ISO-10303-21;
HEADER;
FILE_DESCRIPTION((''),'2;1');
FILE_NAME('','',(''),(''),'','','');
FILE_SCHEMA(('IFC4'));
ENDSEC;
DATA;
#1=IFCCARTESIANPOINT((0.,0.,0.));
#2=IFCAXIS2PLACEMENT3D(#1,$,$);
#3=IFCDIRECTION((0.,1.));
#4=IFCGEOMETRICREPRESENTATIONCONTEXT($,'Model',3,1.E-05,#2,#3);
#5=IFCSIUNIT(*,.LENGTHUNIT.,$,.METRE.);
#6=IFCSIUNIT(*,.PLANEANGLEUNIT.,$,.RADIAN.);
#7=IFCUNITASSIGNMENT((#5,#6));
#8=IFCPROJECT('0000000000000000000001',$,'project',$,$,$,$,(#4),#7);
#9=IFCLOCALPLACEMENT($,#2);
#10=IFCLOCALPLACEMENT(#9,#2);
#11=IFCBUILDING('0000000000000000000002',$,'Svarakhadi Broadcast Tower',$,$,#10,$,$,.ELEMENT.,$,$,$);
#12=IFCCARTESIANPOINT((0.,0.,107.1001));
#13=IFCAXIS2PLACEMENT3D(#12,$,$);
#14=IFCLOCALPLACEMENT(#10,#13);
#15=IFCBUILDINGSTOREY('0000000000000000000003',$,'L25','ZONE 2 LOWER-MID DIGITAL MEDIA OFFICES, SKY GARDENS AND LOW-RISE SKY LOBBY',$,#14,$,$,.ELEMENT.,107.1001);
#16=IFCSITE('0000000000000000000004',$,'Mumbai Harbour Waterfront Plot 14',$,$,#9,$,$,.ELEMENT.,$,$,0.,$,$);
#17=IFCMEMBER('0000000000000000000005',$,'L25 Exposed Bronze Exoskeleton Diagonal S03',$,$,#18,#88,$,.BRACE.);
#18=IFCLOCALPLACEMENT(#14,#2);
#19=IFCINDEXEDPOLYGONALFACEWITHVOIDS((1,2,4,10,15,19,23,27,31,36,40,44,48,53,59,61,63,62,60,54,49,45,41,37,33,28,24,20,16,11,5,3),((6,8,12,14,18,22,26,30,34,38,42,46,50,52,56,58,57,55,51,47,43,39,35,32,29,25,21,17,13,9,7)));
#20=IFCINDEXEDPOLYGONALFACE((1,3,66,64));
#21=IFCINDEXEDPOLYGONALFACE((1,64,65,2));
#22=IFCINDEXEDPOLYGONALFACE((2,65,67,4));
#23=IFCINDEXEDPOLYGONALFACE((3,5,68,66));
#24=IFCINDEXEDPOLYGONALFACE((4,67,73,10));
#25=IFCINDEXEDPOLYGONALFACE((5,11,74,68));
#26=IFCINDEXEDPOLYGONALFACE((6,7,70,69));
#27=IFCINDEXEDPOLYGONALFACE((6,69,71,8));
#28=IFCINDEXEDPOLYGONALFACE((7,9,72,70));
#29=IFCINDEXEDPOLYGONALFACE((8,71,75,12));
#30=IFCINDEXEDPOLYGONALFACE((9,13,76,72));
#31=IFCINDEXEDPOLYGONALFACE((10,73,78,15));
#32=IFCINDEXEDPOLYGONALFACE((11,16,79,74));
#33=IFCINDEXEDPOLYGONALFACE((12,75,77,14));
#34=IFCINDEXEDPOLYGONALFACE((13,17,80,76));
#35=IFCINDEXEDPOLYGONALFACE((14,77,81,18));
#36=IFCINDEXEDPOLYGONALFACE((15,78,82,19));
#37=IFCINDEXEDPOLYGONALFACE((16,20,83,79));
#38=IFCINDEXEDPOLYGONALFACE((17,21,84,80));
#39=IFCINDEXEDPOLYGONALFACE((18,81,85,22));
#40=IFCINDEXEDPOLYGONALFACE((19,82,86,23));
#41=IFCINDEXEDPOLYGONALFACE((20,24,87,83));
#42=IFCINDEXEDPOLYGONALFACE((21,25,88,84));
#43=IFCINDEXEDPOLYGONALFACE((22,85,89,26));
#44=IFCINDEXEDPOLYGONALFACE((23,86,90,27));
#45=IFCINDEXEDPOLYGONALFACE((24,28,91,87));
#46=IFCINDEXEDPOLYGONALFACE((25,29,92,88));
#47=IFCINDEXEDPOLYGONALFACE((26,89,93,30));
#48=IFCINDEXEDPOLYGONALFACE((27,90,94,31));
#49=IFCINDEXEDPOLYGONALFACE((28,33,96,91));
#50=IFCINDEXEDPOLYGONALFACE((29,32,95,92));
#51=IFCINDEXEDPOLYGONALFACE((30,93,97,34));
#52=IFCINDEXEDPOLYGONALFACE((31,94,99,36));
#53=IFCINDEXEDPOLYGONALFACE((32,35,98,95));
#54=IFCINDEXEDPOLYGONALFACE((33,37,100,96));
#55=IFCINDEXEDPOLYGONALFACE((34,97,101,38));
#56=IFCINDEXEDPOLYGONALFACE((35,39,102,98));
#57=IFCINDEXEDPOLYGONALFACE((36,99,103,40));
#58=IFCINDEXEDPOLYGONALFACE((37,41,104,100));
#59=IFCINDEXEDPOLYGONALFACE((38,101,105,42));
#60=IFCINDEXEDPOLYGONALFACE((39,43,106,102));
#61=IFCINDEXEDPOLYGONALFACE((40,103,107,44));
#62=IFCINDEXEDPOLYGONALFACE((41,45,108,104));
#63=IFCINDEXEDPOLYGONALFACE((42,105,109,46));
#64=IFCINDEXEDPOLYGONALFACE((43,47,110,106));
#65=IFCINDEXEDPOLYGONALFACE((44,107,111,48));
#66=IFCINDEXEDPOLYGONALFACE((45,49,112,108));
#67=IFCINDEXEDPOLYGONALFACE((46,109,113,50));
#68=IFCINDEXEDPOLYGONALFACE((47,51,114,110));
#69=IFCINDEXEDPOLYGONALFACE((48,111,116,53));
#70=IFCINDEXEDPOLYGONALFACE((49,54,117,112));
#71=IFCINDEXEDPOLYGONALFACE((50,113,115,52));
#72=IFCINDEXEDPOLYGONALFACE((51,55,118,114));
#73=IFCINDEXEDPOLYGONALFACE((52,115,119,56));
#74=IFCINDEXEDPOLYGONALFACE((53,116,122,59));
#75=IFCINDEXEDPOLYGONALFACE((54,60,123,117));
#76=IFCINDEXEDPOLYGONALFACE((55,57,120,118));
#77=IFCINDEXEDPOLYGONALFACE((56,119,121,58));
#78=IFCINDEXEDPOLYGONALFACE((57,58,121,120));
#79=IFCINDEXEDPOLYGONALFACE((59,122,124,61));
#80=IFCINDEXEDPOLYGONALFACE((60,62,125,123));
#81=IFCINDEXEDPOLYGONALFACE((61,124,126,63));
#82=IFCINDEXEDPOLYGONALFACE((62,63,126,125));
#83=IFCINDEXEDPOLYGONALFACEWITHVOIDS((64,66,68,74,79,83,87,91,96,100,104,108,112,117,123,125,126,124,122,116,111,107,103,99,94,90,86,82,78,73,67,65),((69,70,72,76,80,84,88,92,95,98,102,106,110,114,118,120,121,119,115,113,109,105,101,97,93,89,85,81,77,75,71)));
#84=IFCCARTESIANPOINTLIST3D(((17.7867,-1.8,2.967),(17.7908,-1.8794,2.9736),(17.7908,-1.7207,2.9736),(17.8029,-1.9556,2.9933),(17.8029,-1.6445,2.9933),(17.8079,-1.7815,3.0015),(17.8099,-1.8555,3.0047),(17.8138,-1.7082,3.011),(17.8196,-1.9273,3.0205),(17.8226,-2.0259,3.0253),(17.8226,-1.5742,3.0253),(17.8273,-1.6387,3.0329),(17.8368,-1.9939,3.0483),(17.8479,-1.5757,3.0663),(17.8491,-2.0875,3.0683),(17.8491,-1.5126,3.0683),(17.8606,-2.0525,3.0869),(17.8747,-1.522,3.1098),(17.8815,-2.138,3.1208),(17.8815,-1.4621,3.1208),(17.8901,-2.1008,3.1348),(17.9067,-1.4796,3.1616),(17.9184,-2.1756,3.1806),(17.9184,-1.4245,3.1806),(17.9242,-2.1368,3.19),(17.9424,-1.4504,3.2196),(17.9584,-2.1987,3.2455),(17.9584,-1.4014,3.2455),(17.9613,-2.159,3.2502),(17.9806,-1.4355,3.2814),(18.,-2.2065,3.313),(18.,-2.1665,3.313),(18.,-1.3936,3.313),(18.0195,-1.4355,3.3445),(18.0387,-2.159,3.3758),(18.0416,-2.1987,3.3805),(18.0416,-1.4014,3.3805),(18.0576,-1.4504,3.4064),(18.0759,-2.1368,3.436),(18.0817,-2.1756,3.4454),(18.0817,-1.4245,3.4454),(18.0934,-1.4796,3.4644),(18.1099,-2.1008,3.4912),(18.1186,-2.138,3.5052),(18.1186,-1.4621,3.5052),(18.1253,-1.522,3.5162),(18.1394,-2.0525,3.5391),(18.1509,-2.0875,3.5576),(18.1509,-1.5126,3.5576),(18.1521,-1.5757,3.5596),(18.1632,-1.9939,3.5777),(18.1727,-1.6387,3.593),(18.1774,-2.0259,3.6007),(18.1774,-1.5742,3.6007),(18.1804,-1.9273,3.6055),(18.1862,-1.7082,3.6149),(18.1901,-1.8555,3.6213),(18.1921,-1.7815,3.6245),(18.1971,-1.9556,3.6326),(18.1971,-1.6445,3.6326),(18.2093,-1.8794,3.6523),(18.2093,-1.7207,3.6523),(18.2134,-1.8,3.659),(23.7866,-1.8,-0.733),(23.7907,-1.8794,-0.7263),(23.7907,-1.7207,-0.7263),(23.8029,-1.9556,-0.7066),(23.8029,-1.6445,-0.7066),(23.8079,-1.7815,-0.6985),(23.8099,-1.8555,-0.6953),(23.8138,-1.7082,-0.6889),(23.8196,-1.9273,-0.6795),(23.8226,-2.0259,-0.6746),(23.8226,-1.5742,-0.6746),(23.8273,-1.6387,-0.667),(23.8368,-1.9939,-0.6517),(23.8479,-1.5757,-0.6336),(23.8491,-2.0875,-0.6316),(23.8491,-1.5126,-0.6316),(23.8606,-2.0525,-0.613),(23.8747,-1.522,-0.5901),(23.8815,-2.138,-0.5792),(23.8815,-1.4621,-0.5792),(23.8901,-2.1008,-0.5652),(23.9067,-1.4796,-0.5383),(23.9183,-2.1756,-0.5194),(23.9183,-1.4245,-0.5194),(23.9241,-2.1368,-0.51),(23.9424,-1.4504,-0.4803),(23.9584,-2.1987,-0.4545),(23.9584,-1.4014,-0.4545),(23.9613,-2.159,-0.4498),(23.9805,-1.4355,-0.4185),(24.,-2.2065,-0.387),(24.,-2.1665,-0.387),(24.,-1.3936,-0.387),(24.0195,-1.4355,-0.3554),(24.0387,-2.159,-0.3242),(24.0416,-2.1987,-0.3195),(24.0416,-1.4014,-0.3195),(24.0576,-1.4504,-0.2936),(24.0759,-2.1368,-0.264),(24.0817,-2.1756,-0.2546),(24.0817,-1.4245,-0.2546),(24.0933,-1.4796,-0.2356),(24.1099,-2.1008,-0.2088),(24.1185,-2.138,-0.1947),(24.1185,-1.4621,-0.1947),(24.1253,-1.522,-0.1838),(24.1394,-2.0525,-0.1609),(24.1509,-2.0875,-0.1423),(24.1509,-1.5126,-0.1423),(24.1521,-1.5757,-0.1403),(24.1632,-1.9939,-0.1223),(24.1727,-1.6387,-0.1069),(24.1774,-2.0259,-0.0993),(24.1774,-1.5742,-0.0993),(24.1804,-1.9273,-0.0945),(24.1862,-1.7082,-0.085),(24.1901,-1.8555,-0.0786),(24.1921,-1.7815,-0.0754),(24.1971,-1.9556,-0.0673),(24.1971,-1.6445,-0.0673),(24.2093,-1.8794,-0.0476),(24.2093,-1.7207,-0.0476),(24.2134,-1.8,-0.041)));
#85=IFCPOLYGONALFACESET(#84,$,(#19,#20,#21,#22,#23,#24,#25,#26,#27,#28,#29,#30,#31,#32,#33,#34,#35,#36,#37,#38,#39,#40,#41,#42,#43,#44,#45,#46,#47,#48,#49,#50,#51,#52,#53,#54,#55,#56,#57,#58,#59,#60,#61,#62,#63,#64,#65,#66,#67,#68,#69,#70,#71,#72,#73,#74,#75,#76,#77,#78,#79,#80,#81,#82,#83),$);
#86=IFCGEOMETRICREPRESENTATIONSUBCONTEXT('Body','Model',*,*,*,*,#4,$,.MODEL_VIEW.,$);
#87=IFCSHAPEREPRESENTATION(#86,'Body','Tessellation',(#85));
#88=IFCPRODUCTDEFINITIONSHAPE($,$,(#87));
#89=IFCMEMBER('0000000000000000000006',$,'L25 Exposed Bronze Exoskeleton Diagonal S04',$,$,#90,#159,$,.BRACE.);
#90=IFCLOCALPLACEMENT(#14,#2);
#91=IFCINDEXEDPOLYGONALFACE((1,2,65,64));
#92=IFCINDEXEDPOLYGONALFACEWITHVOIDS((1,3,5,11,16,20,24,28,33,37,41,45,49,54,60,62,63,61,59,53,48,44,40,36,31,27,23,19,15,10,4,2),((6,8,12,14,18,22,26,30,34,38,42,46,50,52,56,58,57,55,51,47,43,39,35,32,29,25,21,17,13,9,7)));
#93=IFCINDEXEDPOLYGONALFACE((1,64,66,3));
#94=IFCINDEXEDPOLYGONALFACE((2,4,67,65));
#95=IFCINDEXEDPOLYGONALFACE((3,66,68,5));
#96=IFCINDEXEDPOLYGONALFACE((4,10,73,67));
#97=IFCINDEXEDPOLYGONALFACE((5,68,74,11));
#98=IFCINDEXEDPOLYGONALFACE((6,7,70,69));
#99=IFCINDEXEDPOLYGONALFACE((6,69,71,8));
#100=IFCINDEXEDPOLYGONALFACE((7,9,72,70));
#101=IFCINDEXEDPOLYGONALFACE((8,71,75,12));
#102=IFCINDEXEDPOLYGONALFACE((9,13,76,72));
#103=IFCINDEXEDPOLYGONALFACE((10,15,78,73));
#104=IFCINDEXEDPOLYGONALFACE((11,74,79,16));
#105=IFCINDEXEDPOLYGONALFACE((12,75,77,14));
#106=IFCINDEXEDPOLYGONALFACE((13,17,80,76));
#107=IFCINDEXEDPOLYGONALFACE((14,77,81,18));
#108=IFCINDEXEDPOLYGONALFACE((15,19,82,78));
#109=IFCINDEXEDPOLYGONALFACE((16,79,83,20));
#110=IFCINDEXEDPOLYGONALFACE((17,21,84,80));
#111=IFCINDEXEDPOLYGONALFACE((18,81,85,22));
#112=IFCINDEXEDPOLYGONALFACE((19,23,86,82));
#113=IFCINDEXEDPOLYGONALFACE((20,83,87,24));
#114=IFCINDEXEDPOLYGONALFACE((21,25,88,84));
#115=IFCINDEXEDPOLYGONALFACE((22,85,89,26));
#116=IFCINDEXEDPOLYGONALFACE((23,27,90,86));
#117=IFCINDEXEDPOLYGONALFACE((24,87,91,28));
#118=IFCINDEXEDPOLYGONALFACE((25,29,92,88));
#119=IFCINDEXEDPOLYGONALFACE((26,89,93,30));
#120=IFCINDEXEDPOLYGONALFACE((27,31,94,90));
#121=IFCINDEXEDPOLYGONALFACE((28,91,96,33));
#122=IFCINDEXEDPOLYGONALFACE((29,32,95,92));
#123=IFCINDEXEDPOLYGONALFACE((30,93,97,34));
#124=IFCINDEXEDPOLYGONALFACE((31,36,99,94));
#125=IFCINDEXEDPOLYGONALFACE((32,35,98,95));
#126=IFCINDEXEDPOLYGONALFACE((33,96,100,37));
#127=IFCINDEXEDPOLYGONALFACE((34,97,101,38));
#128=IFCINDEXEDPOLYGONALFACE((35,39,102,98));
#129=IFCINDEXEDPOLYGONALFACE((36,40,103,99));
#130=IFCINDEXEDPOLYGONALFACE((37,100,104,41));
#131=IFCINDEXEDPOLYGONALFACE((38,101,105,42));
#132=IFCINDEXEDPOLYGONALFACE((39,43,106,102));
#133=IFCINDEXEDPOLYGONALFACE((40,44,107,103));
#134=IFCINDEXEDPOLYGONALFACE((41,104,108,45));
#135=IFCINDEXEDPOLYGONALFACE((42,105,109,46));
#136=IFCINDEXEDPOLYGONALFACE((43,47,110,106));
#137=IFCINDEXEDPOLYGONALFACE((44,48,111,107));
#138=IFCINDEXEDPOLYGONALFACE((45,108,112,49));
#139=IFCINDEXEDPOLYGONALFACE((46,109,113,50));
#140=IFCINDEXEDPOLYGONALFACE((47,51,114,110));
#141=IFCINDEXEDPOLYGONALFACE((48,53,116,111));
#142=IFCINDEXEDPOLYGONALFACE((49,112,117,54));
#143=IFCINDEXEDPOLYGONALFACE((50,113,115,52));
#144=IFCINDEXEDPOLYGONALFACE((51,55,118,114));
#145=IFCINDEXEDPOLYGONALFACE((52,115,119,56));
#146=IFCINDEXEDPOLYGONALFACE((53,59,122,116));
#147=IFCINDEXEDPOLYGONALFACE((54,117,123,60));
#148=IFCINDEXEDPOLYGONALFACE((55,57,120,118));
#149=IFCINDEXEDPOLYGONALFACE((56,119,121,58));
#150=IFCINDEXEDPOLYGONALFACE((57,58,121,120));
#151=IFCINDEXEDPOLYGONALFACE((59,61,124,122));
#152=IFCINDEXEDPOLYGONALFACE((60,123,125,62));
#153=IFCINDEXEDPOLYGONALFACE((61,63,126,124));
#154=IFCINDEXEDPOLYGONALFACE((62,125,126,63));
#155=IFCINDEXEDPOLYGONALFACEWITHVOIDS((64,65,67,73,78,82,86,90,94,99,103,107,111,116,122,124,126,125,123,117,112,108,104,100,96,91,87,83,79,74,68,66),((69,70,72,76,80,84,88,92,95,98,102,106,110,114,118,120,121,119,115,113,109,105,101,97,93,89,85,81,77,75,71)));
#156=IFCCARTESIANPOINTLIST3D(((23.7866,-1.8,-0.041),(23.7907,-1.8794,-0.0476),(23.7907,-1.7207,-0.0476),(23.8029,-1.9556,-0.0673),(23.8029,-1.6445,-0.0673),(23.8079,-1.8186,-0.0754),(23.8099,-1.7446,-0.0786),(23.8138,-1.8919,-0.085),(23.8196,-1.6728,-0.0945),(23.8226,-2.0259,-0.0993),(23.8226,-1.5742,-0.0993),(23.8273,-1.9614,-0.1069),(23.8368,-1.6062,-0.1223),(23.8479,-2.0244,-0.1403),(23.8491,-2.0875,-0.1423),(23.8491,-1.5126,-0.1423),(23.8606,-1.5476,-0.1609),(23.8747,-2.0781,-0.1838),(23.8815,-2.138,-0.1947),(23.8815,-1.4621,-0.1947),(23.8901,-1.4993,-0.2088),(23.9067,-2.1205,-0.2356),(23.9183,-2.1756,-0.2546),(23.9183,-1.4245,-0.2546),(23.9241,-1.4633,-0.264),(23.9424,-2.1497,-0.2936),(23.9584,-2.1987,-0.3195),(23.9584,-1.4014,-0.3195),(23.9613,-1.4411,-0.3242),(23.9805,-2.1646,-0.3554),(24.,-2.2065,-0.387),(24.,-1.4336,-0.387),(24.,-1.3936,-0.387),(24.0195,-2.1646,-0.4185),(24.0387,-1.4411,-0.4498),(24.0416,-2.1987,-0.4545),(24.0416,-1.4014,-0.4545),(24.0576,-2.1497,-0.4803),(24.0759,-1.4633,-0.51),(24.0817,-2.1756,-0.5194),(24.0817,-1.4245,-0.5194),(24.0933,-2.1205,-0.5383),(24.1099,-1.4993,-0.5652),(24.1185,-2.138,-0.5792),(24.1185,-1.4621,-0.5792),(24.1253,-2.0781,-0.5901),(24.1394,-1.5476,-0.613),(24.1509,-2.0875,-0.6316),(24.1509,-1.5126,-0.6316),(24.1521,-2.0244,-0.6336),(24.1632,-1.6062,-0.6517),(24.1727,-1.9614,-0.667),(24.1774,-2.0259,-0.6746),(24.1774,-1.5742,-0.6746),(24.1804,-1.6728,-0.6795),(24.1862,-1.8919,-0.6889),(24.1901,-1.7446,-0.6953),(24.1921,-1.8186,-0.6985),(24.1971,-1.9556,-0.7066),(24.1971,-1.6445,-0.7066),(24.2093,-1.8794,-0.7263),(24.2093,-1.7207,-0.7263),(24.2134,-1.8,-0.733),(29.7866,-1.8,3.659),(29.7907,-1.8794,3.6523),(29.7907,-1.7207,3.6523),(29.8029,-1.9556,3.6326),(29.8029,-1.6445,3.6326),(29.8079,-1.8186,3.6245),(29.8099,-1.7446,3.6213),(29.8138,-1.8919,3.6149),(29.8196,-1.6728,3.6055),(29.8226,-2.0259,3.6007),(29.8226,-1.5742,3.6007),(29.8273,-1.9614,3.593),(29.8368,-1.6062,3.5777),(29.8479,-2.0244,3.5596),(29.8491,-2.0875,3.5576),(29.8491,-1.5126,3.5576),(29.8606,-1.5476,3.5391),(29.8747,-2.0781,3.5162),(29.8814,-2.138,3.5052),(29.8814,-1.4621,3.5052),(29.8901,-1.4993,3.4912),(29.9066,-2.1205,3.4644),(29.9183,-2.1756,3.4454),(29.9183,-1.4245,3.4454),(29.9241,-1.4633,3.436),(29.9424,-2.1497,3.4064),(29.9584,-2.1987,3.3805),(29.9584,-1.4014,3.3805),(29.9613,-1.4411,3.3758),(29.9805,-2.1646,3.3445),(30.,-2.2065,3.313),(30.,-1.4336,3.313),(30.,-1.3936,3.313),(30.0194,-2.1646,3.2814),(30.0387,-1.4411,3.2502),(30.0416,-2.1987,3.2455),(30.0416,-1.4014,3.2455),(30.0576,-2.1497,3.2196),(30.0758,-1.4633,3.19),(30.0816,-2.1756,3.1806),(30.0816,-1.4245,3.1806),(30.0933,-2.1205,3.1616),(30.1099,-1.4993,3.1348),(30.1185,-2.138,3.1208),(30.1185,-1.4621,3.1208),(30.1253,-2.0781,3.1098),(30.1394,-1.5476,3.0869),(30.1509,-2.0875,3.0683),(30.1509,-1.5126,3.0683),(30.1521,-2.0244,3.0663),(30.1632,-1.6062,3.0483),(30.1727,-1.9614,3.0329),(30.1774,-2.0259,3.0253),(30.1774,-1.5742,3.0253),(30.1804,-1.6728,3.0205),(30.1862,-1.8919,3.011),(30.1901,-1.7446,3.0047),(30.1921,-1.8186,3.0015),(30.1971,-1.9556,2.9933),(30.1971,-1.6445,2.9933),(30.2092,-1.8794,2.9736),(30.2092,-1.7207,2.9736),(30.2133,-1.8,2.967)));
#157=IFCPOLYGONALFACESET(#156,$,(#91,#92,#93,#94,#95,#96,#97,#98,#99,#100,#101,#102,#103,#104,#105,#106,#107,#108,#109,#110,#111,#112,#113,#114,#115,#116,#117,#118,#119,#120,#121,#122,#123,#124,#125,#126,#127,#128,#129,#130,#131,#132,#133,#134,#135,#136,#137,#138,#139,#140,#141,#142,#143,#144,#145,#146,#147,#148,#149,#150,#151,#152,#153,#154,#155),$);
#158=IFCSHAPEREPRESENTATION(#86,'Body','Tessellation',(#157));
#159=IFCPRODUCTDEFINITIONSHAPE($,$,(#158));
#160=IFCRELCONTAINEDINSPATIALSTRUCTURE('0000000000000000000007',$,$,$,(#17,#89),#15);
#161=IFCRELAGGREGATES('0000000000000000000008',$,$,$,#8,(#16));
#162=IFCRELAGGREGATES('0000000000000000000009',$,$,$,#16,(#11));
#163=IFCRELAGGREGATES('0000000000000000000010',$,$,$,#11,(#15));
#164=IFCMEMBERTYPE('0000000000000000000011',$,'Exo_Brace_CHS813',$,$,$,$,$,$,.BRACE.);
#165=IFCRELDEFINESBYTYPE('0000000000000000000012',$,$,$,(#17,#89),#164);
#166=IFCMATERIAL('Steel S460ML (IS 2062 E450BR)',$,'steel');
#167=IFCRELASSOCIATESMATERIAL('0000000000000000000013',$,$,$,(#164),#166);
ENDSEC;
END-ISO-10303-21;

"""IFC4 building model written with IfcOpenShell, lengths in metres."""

from ifc_helpers import new_model, si_unit, direction, frame, origin, origin_2d, place, context, subcontext, project, spatial, hollow_circle, extrude, material, material_profile, profile_set, type_object, element, save


model = new_model("IFC4")

# Units and contexts
model_context = context("Model", 3, precision=1e-05, world=origin(), true_north=direction((0.0, 1.0)))
body_context = subcontext(model_context, "Body", "Model", "MODEL_VIEW")
ifc_project = project(units=[si_unit("LENGTHUNIT", "METRE"), si_unit("PLANEANGLEUNIT", "RADIAN")], contexts=[model_context])

# Site, building, storey
site_placement = place(None, origin())
site = spatial("IfcSite", under=ifc_project, at=site_placement, Name="Mumbai Harbour Waterfront Plot 14", CompositionType="ELEMENT", RefElevation=0.0)
building_placement = place(site_placement, origin())
building = spatial("IfcBuilding", under=site, at=building_placement, Name="Svarakhadi Broadcast Tower", CompositionType="ELEMENT")
storey_placement = place(building_placement, frame((0.0, 0.0, 107.1001)))
storey = spatial("IfcBuildingStorey", under=building, at=storey_placement, Name="L25", Description="ZONE 2 LOWER-MID DIGITAL MEDIA OFFICES, SKY GARDENS AND LOW-RISE SKY LOBBY", CompositionType="ELEMENT", Elevation=107.1001)

# Members
ifc_material_1 = material(Name="Steel S460ML (IS 2062 E450BR)", Category="steel")
ifc_material_profile_1 = material_profile(ifc_material_1, hollow_circle(Radius=0.4065, WallThickness=0.04, at=origin_2d()), Name="CHS 813x40")
ifc_profile_set_1 = profile_set([ifc_material_profile_1], Name="Steel S460ML (IS 2062 E450BR)")
member_type_1 = type_object("IfcMemberType", Name="Exo_Brace_CHS813", PredefinedType="BRACE", material=ifc_profile_set_1)
for number, where, z_axis, x_axis, name in (
    (1, (24.0, -1.8, -0.387), (-0.851174, 0.0, 0.524884), (0.0, -1.0, 0.0), "L25 Exposed Bronze Exoskeleton Diagonal S03"),
    (2, (24.0, -1.8, -0.387), (0.851174, 0.0, 0.524884), (0.0, 1.0, 0.0), "L25 Exposed Bronze Exoskeleton Diagonal S04"),
):
    element("IfcMember", number, at=place(storey_placement, frame(where, z_axis=z_axis, x_axis=x_axis)), inside=storey, type_object=member_type_1, Name=name, PredefinedType="BRACE", context=body_context, shape_type="SweptSolid", body=[
        extrude(hollow_circle(Radius=0.4065, WallThickness=0.04, at=origin_2d()), origin(), (0.0, 0.0, 1.0), 7.0491),
    ])

save(model, "model.ifc")
